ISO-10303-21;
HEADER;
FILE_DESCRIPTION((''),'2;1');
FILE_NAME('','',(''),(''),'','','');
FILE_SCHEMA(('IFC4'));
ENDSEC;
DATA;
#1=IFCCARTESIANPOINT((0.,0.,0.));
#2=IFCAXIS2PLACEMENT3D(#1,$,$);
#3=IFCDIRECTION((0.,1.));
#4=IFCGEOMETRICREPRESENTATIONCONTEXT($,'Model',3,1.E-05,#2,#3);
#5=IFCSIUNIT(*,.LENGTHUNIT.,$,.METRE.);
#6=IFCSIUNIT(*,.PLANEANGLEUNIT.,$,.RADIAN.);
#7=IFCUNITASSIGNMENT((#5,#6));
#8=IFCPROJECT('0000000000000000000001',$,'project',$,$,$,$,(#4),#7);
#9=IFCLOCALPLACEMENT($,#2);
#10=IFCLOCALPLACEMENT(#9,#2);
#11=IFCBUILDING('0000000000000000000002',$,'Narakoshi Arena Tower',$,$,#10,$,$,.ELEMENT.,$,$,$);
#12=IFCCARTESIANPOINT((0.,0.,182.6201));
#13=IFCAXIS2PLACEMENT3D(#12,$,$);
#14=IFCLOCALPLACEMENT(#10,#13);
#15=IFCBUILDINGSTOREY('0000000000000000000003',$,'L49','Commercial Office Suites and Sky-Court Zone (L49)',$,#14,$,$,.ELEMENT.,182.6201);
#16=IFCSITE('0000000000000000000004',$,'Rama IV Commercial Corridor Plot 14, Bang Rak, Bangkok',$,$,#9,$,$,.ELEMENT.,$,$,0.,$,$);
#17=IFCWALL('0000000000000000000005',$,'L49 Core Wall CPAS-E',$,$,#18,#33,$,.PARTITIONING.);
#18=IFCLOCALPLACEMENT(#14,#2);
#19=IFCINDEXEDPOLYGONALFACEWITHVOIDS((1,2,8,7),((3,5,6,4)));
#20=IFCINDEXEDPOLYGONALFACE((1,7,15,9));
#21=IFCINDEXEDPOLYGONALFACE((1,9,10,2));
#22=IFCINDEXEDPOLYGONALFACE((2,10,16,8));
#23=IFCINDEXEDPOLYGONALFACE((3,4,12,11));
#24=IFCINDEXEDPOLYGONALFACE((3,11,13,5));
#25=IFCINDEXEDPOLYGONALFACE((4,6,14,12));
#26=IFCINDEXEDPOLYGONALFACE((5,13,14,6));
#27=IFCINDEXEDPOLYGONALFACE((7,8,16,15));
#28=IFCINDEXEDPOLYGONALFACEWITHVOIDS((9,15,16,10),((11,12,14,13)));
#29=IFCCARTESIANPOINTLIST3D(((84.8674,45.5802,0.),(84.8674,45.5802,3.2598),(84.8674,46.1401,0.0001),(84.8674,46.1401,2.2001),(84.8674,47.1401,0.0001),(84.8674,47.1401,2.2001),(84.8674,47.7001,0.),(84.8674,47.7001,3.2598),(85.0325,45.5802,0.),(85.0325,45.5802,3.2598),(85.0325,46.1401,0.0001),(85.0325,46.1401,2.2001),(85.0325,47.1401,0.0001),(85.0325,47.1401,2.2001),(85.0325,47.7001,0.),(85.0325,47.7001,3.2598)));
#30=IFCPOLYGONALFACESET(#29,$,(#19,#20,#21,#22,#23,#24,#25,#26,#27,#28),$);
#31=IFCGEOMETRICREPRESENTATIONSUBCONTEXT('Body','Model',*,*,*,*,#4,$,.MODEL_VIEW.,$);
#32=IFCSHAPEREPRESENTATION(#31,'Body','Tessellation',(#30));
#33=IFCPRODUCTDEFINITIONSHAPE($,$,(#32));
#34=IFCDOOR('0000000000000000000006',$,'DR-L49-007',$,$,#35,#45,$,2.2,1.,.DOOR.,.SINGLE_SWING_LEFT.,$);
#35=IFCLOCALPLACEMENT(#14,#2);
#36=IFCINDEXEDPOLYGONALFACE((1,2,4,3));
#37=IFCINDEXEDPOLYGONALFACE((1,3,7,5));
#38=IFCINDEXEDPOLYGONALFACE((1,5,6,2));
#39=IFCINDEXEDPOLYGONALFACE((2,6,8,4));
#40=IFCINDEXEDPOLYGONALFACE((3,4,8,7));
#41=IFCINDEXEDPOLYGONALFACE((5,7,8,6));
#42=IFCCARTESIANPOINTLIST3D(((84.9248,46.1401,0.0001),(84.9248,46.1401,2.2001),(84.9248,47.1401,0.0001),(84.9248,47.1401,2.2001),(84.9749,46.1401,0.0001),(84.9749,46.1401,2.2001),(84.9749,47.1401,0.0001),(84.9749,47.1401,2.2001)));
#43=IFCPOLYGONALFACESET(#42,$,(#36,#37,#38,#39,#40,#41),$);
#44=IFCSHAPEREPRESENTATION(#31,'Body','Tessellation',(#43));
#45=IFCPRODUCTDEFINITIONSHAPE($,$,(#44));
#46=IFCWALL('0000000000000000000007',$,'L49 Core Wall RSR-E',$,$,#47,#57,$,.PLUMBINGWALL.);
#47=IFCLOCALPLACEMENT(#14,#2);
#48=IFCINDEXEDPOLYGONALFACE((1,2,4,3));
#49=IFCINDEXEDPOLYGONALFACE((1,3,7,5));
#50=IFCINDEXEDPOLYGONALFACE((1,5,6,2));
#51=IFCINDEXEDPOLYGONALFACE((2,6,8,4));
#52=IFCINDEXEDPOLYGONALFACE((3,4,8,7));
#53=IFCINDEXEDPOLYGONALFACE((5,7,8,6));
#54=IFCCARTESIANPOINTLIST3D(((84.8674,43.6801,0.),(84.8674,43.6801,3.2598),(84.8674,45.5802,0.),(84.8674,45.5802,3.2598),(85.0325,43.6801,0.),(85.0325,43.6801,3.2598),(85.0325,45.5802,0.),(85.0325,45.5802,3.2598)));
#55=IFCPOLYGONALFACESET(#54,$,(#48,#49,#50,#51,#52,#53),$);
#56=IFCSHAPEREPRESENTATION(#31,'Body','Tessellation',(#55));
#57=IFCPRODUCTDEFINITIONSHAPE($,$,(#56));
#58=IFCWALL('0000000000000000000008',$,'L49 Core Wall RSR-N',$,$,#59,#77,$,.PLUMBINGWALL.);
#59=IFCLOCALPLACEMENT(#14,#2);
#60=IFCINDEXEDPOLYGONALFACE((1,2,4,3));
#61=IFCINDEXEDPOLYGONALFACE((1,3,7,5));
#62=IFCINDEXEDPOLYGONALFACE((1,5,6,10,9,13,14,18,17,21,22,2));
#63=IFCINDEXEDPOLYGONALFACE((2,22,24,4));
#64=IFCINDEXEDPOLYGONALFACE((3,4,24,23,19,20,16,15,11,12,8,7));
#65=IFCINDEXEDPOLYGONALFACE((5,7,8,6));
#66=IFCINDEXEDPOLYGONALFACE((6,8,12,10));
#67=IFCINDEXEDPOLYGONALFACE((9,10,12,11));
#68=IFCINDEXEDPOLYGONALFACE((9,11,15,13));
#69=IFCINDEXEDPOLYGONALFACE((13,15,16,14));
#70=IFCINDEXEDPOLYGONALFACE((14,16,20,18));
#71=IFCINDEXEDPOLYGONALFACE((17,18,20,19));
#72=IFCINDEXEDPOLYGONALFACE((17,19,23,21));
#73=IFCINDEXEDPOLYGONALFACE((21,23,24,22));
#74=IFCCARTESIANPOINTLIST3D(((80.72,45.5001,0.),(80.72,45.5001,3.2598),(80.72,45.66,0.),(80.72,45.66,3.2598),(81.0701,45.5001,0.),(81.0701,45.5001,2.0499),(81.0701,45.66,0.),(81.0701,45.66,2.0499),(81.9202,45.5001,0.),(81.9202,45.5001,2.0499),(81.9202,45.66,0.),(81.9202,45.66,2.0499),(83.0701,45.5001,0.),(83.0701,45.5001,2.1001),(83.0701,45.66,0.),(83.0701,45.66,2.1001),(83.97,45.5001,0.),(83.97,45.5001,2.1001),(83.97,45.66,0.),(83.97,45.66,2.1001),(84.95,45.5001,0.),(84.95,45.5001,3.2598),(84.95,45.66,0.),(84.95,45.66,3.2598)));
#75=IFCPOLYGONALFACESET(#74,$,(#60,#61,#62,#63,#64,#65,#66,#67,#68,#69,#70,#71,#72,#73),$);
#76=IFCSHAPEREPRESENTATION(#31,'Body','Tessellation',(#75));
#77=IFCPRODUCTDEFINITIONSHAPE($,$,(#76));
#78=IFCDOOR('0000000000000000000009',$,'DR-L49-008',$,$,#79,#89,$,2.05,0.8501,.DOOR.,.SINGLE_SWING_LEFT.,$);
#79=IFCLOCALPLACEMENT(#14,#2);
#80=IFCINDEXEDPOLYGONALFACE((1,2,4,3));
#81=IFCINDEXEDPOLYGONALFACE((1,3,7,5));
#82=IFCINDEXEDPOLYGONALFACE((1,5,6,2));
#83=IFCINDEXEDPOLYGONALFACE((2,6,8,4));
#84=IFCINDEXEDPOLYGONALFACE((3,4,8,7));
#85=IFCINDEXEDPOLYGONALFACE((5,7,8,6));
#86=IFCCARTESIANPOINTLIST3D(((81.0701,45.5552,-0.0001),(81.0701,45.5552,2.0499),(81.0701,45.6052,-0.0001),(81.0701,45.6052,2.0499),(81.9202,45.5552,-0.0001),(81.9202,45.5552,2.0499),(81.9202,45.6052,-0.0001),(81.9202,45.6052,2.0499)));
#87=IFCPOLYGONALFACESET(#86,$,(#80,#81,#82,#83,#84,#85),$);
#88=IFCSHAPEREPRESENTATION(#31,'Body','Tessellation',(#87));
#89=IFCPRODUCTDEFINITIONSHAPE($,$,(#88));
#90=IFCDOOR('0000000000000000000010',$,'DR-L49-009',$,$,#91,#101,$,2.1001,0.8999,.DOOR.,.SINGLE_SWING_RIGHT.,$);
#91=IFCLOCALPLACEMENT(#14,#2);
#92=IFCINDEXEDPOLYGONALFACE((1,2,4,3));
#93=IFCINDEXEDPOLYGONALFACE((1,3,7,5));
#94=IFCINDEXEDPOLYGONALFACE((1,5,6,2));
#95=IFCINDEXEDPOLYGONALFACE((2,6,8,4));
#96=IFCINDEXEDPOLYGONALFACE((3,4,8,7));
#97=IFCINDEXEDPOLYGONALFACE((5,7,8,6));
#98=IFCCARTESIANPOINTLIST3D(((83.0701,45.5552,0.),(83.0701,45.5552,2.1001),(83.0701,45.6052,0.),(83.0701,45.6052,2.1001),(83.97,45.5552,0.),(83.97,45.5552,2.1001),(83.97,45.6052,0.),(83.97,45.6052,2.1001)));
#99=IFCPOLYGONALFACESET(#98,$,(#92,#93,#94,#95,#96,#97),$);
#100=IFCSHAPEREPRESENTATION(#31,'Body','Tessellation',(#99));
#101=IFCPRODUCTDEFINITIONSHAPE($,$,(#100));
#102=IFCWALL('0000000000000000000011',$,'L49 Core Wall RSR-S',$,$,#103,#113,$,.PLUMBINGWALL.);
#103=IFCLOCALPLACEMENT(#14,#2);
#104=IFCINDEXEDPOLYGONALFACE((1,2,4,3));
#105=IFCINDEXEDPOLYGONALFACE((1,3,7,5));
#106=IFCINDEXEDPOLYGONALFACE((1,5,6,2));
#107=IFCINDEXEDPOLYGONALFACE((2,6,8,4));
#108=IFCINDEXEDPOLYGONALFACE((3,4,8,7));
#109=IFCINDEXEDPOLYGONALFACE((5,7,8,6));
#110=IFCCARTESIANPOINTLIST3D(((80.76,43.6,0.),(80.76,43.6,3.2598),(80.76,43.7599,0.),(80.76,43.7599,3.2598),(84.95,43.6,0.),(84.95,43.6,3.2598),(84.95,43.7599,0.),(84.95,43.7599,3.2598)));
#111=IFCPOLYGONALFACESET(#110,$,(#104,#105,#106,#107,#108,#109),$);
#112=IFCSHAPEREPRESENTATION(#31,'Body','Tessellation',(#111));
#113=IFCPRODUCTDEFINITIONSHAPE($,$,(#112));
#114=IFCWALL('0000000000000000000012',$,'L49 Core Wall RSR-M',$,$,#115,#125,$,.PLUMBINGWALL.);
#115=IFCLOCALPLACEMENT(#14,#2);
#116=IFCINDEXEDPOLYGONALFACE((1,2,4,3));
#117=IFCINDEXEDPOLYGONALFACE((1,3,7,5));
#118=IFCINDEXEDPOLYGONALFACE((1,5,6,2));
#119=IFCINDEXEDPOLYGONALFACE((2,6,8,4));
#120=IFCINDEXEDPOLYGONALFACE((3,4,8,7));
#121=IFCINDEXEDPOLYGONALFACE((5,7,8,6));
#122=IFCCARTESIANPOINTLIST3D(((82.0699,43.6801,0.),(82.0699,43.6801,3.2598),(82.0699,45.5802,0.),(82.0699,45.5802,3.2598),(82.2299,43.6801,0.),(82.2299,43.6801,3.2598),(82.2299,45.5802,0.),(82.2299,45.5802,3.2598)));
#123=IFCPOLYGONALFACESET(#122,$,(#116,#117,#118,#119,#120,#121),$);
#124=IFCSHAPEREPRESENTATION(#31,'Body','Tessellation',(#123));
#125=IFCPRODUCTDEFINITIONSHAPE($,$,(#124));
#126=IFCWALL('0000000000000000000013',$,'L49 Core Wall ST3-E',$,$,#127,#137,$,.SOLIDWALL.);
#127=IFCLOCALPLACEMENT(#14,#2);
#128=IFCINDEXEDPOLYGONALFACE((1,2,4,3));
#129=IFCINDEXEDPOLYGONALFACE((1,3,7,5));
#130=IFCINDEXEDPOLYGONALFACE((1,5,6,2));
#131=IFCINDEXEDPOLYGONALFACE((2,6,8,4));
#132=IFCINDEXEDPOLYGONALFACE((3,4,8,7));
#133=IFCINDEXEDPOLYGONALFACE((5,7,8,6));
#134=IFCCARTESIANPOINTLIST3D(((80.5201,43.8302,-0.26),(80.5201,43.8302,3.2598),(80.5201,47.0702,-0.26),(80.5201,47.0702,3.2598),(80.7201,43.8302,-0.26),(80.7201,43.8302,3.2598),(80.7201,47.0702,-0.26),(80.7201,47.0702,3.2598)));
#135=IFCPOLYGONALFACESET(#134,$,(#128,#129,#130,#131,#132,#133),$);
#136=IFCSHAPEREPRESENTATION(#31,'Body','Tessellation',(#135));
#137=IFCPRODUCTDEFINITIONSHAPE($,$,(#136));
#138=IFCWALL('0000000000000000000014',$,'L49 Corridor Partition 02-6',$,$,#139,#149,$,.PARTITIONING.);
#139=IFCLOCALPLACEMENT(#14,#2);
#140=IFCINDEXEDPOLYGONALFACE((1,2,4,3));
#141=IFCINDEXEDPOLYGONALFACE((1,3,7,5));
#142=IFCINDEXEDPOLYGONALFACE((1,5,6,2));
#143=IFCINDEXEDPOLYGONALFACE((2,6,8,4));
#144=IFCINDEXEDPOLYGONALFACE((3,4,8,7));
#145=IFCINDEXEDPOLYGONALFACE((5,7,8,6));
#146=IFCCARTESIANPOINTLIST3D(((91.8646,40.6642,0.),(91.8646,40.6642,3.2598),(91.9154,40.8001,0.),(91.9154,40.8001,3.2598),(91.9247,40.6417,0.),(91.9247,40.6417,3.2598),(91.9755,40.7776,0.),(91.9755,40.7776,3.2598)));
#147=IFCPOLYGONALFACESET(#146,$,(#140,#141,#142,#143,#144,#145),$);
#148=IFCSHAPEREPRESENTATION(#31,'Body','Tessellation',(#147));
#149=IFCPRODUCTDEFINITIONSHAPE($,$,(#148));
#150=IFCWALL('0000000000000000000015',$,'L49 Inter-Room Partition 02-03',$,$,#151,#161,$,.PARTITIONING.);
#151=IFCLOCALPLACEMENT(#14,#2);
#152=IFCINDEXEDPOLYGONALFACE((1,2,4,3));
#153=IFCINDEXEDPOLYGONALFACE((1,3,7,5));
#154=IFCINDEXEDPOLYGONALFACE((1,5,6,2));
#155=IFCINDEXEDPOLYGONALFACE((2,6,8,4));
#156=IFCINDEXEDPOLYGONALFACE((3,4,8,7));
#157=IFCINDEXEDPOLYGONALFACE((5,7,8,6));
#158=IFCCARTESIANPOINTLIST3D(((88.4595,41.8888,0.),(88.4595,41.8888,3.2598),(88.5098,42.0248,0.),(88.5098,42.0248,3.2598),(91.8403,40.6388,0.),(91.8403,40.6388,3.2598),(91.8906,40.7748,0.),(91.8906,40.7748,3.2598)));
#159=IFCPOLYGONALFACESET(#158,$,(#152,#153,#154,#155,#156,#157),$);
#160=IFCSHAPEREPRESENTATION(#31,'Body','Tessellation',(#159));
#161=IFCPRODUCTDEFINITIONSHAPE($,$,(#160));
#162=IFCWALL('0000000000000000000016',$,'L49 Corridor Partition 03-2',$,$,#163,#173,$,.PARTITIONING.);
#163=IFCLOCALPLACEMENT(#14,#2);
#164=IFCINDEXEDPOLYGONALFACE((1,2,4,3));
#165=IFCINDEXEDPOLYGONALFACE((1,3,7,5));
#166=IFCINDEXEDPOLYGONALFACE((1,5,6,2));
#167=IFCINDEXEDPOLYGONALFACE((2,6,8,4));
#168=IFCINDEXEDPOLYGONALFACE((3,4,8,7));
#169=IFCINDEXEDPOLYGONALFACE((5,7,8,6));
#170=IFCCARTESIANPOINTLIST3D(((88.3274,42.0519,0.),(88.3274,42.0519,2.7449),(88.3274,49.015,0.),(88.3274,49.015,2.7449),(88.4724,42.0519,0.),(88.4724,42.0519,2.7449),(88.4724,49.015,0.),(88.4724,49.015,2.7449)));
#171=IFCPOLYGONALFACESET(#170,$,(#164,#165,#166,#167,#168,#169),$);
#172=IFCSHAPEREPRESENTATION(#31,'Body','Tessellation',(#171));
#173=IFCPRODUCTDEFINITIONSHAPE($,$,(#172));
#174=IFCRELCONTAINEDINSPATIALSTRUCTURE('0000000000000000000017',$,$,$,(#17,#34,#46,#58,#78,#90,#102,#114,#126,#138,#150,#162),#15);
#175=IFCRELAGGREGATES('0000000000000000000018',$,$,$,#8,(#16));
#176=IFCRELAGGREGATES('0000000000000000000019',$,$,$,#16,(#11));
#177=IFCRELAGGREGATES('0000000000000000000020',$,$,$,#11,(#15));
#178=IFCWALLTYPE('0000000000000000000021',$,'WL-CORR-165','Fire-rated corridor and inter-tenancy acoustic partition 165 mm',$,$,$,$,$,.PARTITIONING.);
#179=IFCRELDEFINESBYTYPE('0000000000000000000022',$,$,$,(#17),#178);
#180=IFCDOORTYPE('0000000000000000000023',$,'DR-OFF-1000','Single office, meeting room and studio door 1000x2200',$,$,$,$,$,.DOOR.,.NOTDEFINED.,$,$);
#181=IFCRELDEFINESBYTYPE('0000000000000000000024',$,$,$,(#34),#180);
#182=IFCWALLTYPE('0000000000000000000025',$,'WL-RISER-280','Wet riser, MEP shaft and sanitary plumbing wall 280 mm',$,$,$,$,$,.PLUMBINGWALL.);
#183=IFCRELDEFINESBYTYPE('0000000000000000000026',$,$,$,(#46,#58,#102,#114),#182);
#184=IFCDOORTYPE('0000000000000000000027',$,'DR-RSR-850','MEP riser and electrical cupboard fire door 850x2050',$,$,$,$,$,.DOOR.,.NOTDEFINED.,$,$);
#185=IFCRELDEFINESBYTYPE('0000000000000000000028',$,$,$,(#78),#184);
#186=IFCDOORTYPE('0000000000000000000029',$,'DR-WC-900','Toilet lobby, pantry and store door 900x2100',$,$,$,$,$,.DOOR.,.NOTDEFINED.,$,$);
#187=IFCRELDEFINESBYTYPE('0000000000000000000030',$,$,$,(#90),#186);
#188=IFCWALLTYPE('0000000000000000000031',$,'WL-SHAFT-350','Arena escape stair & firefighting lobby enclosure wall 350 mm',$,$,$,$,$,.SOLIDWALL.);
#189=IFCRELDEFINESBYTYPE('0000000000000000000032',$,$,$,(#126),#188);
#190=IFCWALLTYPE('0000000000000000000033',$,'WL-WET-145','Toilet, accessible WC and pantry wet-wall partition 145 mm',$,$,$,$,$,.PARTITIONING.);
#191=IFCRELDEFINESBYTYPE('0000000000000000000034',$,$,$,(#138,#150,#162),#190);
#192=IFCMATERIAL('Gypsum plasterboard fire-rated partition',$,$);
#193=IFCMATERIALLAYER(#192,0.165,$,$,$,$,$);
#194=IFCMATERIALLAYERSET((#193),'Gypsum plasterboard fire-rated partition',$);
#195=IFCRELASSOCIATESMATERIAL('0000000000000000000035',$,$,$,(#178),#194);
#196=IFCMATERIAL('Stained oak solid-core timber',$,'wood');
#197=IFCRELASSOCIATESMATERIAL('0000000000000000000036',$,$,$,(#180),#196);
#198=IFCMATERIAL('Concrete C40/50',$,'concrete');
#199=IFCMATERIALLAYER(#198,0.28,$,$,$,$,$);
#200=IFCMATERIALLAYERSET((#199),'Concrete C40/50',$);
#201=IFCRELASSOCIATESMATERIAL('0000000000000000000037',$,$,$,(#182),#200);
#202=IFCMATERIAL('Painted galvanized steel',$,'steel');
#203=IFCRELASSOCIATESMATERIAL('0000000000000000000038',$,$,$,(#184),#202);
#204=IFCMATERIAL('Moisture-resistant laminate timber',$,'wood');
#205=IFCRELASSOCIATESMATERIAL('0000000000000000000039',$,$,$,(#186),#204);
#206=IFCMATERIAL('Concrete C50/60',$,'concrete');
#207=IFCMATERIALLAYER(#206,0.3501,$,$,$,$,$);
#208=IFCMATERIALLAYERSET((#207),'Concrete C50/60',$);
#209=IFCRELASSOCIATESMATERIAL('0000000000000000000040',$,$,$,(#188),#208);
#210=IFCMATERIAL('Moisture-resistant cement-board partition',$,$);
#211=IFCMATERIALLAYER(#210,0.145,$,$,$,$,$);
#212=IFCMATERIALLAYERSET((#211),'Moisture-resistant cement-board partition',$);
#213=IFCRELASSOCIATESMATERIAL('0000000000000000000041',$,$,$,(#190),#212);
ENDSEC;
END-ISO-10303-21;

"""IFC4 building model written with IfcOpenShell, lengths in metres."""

from ifc_helpers import new_model, si_unit, direction, frame, frame_2d, origin, place, context, subcontext, project, spatial, rectangle, extrude, material, layer, layer_set, type_object, element, fill, save


model = new_model("IFC4")

# Units and contexts
model_context = context("Model", 3, precision=1e-05, world=origin(), true_north=direction((0.0, 1.0)))
body_context = subcontext(model_context, "Body", "Model", "MODEL_VIEW")
ifc_project = project(units=[si_unit("LENGTHUNIT", "METRE"), si_unit("PLANEANGLEUNIT", "RADIAN")], contexts=[model_context])

# Site, building, storey
site_placement = place(None, origin())
site = spatial("IfcSite", under=ifc_project, at=site_placement, Name="Rama IV Commercial Corridor Plot 14, Bang Rak, Bangkok", CompositionType="ELEMENT", RefElevation=0.0)
building_placement = place(site_placement, origin())
building = spatial("IfcBuilding", under=site, at=building_placement, Name="Narakoshi Arena Tower", CompositionType="ELEMENT")
storey_placement = place(building_placement, frame((0.0, 0.0, 182.6201)))
storey = spatial("IfcBuildingStorey", under=building, at=storey_placement, Name="L49", Description="Commercial Office Suites and Sky-Court Zone (L49)", CompositionType="ELEMENT", Elevation=182.6201)

# Shared definitions
ifc_material_1 = material(Name="Concrete C50/60", Category="concrete")

# Wall, opening, door
ifc_material_2 = material(Name="Gypsum plasterboard fire-rated partition")
ifc_layer_1 = layer(ifc_material_2, 0.165)
ifc_layer_set_1 = layer_set([ifc_layer_1], Name="Gypsum plasterboard fire-rated partition")
wall_type_1 = type_object("IfcWallType", Name="WL-CORR-165", Description="Fire-rated corridor and inter-tenancy acoustic partition 165 mm", PredefinedType="PARTITIONING", material=ifc_layer_set_1)
wall_1_placement = place(storey_placement, frame((84.95, 45.5801, 0.0), z_axis=(0.0, 0.0, 1.0), x_axis=(0.0, 1.0, 0.0)))
wall_1 = element("IfcWall", 1, at=wall_1_placement, inside=storey, type_object=wall_type_1, Name="L49 Core Wall CPAS-E", PredefinedType="PARTITIONING", context=body_context, shape_type="SweptSolid", body=[
    extrude(rectangle(XDim=2.1199, YDim=0.165, at=frame_2d((1.0601, 0.0))), origin(), (0.0, 0.0, 1.0), 3.2598),
])
opening_1_placement = place(wall_1_placement, frame((0.5601, 0.0, 0.0)))
opening_1 = element("IfcOpeningElement", 2, at=opening_1_placement, cuts=wall_1, PredefinedType="OPENING", context=body_context, shape_type="SweptSolid", body=[
    extrude(rectangle(XDim=1.0, YDim=2.2, at=frame_2d((0.5, 1.1001))), frame((0.0, 0.0925, 0.0), z_axis=(0.0, -1.0, 0.0), x_axis=(1.0, 0.0, 0.0)), (0.0, 0.0, 1.0), 0.1851),
])
ifc_material_3 = material(Name="Stained oak solid-core timber", Category="wood")
door_type_1 = type_object("IfcDoorType", Name="DR-OFF-1000", Description="Single office, meeting room and studio door 1000x2200", OperationType="NOTDEFINED", PredefinedType="DOOR", material=ifc_material_3)
door_1_placement = place(opening_1_placement, frame((1.0, 0.0, 0.0), z_axis=(0.0, 0.0, 1.0), x_axis=(-1.0, 0.0, 0.0)))
door_1 = element("IfcDoor", 3, at=door_1_placement, inside=storey, type_object=door_type_1, Name="DR-L49-007", OperationType="SINGLE_SWING_LEFT", OverallHeight=2.2, OverallWidth=1.0, PredefinedType="DOOR", context=body_context, shape_type="SweptSolid", body=[
    extrude(rectangle(XDim=1.0, YDim=2.2, at=frame_2d((0.5, 1.1001))), frame((0.0, 0.0249, 0.0), z_axis=(0.0, -1.0, 0.0), x_axis=(1.0, 0.0, 0.0)), (0.0, 0.0, 1.0), 0.05),
])
fill(opening_1, door_1)

# Wall
ifc_material_4 = material(Name="Concrete C40/50", Category="concrete")
ifc_layer_2 = layer(ifc_material_4, 0.28)
ifc_layer_set_2 = layer_set([ifc_layer_2], Name="Concrete C40/50")
wall_type_2 = type_object("IfcWallType", Name="WL-RISER-280", Description="Wet riser, MEP shaft and sanitary plumbing wall 280 mm", PredefinedType="PLUMBINGWALL", material=ifc_layer_set_2)
wall_2_placement = place(storey_placement, frame((84.95, 43.6799, 0.0), z_axis=(0.0, 0.0, 1.0), x_axis=(0.0, 1.0, 0.0)))
element("IfcWall", 4, at=wall_2_placement, inside=storey, type_object=wall_type_2, Name="L49 Core Wall RSR-E", PredefinedType="PLUMBINGWALL", context=body_context, shape_type="SweptSolid", body=[
    extrude(rectangle(XDim=1.9001, YDim=0.165, at=frame_2d((0.9502, 0.0))), origin(), (0.0, 0.0, 1.0), 3.2598),
])

# Wall, openings, doors
wall_3_placement = place(storey_placement, frame((80.72, 45.5801, 0.0), z_axis=(0.0, 0.0, 1.0), x_axis=(1.0, 0.0, 0.0)))
wall_3 = element("IfcWall", 5, at=wall_3_placement, inside=storey, type_object=wall_type_2, Name="L49 Core Wall RSR-N", PredefinedType="PLUMBINGWALL", context=body_context, shape_type="SweptSolid", body=[
    extrude(rectangle(XDim=4.23, YDim=0.1599, at=frame_2d((2.115, 0.0))), origin(), (0.0, 0.0, 1.0), 3.2598),
])
opening_2_placement = place(wall_3_placement, frame((0.3501, 0.0, 0.0)))
opening_2 = element("IfcOpeningElement", 6, at=opening_2_placement, cuts=wall_3, PredefinedType="OPENING", context=body_context, shape_type="SweptSolid", body=[
    extrude(rectangle(XDim=0.8501, YDim=2.05, at=frame_2d((0.425, 1.0249))), frame((0.0, 0.0898, 0.0), z_axis=(0.0, -1.0, 0.0), x_axis=(1.0, 0.0, 0.0)), (0.0, 0.0, 1.0), 0.1799),
])
opening_3_placement = place(wall_3_placement, frame((2.3501, 0.0, 0.0)))
opening_3 = element("IfcOpeningElement", 7, at=opening_3_placement, cuts=wall_3, PredefinedType="OPENING", context=body_context, shape_type="SweptSolid", body=[
    extrude(rectangle(XDim=0.8999, YDim=2.1001, at=frame_2d((0.45, 1.05))), frame((0.0, 0.0898, 0.0), z_axis=(0.0, -1.0, 0.0), x_axis=(1.0, 0.0, 0.0)), (0.0, 0.0, 1.0), 0.1799),
])
ifc_material_5 = material(Name="Painted galvanized steel", Category="steel")
door_type_2 = type_object("IfcDoorType", Name="DR-RSR-850", Description="MEP riser and electrical cupboard fire door 850x2050", OperationType="NOTDEFINED", PredefinedType="DOOR", material=ifc_material_5)
door_2_placement = place(opening_2_placement, frame((0.8501, 0.0, 0.0), z_axis=(0.0, 0.0, 1.0), x_axis=(-1.0, 0.0, 0.0)))
door_2 = element("IfcDoor", 8, at=door_2_placement, inside=storey, type_object=door_type_2, Name="DR-L49-008", OperationType="SINGLE_SWING_LEFT", OverallHeight=2.05, OverallWidth=0.8501, PredefinedType="DOOR", context=body_context, shape_type="SweptSolid", body=[
    extrude(rectangle(XDim=0.8501, YDim=2.05, at=frame_2d((0.425, 1.0249))), frame((0.0, 0.0249, 0.0), z_axis=(0.0, -1.0, 0.0), x_axis=(1.0, 0.0, 0.0)), (0.0, 0.0, 1.0), 0.05),
])
fill(opening_2, door_2)
ifc_material_6 = material(Name="Moisture-resistant laminate timber", Category="wood")
door_type_3 = type_object("IfcDoorType", Name="DR-WC-900", Description="Toilet lobby, pantry and store door 900x2100", OperationType="NOTDEFINED", PredefinedType="DOOR", material=ifc_material_6)
door_3_placement = place(opening_3_placement, frame((0.8999, 0.0, 0.0), z_axis=(0.0, 0.0, 1.0), x_axis=(-1.0, 0.0, 0.0)))
door_3 = element("IfcDoor", 9, at=door_3_placement, inside=storey, type_object=door_type_3, Name="DR-L49-009", OperationType="SINGLE_SWING_RIGHT", OverallHeight=2.1001, OverallWidth=0.8999, PredefinedType="DOOR", context=body_context, shape_type="SweptSolid", body=[
    extrude(rectangle(XDim=0.8999, YDim=2.1001, at=frame_2d((0.45, 1.05))), frame((0.0, 0.0249, 0.0), z_axis=(0.0, -1.0, 0.0), x_axis=(1.0, 0.0, 0.0)), (0.0, 0.0, 1.0), 0.05),
])
fill(opening_3, door_3)

# Walls
wall_4_placement = place(storey_placement, frame((80.76, 43.6799, 0.0), z_axis=(0.0, 0.0, 1.0), x_axis=(1.0, 0.0, 0.0)))
element("IfcWall", 10, at=wall_4_placement, inside=storey, type_object=wall_type_2, Name="L49 Core Wall RSR-S", PredefinedType="PLUMBINGWALL", context=body_context, shape_type="SweptSolid", body=[
    extrude(rectangle(XDim=4.1899, YDim=0.1599, at=frame_2d((2.095, 0.0))), origin(), (0.0, 0.0, 1.0), 3.2598),
])
wall_5_placement = place(storey_placement, frame((82.1499, 43.6799, 0.0), z_axis=(0.0, 0.0, 1.0), x_axis=(0.0, 1.0, 0.0)))
element("IfcWall", 11, at=wall_5_placement, inside=storey, type_object=wall_type_2, Name="L49 Core Wall RSR-M", PredefinedType="PLUMBINGWALL", context=body_context, shape_type="SweptSolid", body=[
    extrude(rectangle(XDim=1.9001, YDim=0.1599, at=frame_2d((0.9502, 0.0))), origin(), (0.0, 0.0, 1.0), 3.2598),
])
ifc_layer_3 = layer(ifc_material_1, 0.3501)
ifc_layer_set_3 = layer_set([ifc_layer_3], Name="Concrete C50/60")
wall_type_3 = type_object("IfcWallType", Name="WL-SHAFT-350", Description="Arena escape stair & firefighting lobby enclosure wall 350 mm", PredefinedType="SOLIDWALL", material=ifc_layer_set_3)
wall_6_placement = place(storey_placement, frame((80.6201, 43.8301, -0.26), z_axis=(0.0, 0.0, 1.0), x_axis=(0.0, 1.0, 0.0)))
element("IfcWall", 12, at=wall_6_placement, inside=storey, type_object=wall_type_3, Name="L49 Core Wall ST3-E", PredefinedType="SOLIDWALL", context=body_context, shape_type="SweptSolid", body=[
    extrude(rectangle(XDim=3.24, YDim=0.2, at=frame_2d((1.6201, 0.0))), origin(), (0.0, 0.0, 1.0), 3.5198),
])
ifc_material_7 = material(Name="Moisture-resistant cement-board partition")
ifc_layer_4 = layer(ifc_material_7, 0.145)
ifc_layer_set_4 = layer_set([ifc_layer_4], Name="Moisture-resistant cement-board partition")
wall_type_4 = type_object("IfcWallType", Name="WL-WET-145", Description="Toilet, accessible WC and pantry wet-wall partition 145 mm", PredefinedType="PARTITIONING", material=ifc_layer_set_4)
wall_7_placement = place(storey_placement, frame((91.8899, 40.7322, 0.0), z_axis=(0.0, 0.0, 1.0), x_axis=(0.936642, -0.350289, 0.0)))
element("IfcWall", 13, at=wall_7_placement, inside=storey, type_object=wall_type_4, Name="L49 Corridor Partition 02-6", PredefinedType="PARTITIONING", context=body_context, shape_type="SweptSolid", body=[
    extrude(rectangle(XDim=0.0642, YDim=0.145, at=frame_2d((0.0322, 0.0))), origin(), (0.0, 0.0, 1.0), 3.2598),
])
wall_8_placement = place(storey_placement, frame((88.4846, 41.9568, 0.0), z_axis=(0.0, 0.0, 1.0), x_axis=(0.937945, -0.346785, 0.0)))
element("IfcWall", 14, at=wall_8_placement, inside=storey, type_object=wall_type_4, Name="L49 Inter-Room Partition 02-03", PredefinedType="PARTITIONING", context=body_context, shape_type="SweptSolid", body=[
    extrude(rectangle(XDim=3.6045, YDim=0.145, at=frame_2d((1.8022, 0.0))), origin(), (0.0, 0.0, 1.0), 3.2598),
])
wall_9_placement = place(storey_placement, frame((88.3999, 42.052, 0.0), z_axis=(0.0, 0.0, 1.0), x_axis=(0.0, 1.0, 0.0)))
element("IfcWall", 15, at=wall_9_placement, inside=storey, type_object=wall_type_4, Name="L49 Corridor Partition 03-2", PredefinedType="PARTITIONING", context=body_context, shape_type="SweptSolid", body=[
    extrude(rectangle(XDim=6.9631, YDim=0.145, at=frame_2d((3.4814, 0.0))), origin(), (0.0, 0.0, 1.0), 2.7449),
])

save(model, "model.ifc")
